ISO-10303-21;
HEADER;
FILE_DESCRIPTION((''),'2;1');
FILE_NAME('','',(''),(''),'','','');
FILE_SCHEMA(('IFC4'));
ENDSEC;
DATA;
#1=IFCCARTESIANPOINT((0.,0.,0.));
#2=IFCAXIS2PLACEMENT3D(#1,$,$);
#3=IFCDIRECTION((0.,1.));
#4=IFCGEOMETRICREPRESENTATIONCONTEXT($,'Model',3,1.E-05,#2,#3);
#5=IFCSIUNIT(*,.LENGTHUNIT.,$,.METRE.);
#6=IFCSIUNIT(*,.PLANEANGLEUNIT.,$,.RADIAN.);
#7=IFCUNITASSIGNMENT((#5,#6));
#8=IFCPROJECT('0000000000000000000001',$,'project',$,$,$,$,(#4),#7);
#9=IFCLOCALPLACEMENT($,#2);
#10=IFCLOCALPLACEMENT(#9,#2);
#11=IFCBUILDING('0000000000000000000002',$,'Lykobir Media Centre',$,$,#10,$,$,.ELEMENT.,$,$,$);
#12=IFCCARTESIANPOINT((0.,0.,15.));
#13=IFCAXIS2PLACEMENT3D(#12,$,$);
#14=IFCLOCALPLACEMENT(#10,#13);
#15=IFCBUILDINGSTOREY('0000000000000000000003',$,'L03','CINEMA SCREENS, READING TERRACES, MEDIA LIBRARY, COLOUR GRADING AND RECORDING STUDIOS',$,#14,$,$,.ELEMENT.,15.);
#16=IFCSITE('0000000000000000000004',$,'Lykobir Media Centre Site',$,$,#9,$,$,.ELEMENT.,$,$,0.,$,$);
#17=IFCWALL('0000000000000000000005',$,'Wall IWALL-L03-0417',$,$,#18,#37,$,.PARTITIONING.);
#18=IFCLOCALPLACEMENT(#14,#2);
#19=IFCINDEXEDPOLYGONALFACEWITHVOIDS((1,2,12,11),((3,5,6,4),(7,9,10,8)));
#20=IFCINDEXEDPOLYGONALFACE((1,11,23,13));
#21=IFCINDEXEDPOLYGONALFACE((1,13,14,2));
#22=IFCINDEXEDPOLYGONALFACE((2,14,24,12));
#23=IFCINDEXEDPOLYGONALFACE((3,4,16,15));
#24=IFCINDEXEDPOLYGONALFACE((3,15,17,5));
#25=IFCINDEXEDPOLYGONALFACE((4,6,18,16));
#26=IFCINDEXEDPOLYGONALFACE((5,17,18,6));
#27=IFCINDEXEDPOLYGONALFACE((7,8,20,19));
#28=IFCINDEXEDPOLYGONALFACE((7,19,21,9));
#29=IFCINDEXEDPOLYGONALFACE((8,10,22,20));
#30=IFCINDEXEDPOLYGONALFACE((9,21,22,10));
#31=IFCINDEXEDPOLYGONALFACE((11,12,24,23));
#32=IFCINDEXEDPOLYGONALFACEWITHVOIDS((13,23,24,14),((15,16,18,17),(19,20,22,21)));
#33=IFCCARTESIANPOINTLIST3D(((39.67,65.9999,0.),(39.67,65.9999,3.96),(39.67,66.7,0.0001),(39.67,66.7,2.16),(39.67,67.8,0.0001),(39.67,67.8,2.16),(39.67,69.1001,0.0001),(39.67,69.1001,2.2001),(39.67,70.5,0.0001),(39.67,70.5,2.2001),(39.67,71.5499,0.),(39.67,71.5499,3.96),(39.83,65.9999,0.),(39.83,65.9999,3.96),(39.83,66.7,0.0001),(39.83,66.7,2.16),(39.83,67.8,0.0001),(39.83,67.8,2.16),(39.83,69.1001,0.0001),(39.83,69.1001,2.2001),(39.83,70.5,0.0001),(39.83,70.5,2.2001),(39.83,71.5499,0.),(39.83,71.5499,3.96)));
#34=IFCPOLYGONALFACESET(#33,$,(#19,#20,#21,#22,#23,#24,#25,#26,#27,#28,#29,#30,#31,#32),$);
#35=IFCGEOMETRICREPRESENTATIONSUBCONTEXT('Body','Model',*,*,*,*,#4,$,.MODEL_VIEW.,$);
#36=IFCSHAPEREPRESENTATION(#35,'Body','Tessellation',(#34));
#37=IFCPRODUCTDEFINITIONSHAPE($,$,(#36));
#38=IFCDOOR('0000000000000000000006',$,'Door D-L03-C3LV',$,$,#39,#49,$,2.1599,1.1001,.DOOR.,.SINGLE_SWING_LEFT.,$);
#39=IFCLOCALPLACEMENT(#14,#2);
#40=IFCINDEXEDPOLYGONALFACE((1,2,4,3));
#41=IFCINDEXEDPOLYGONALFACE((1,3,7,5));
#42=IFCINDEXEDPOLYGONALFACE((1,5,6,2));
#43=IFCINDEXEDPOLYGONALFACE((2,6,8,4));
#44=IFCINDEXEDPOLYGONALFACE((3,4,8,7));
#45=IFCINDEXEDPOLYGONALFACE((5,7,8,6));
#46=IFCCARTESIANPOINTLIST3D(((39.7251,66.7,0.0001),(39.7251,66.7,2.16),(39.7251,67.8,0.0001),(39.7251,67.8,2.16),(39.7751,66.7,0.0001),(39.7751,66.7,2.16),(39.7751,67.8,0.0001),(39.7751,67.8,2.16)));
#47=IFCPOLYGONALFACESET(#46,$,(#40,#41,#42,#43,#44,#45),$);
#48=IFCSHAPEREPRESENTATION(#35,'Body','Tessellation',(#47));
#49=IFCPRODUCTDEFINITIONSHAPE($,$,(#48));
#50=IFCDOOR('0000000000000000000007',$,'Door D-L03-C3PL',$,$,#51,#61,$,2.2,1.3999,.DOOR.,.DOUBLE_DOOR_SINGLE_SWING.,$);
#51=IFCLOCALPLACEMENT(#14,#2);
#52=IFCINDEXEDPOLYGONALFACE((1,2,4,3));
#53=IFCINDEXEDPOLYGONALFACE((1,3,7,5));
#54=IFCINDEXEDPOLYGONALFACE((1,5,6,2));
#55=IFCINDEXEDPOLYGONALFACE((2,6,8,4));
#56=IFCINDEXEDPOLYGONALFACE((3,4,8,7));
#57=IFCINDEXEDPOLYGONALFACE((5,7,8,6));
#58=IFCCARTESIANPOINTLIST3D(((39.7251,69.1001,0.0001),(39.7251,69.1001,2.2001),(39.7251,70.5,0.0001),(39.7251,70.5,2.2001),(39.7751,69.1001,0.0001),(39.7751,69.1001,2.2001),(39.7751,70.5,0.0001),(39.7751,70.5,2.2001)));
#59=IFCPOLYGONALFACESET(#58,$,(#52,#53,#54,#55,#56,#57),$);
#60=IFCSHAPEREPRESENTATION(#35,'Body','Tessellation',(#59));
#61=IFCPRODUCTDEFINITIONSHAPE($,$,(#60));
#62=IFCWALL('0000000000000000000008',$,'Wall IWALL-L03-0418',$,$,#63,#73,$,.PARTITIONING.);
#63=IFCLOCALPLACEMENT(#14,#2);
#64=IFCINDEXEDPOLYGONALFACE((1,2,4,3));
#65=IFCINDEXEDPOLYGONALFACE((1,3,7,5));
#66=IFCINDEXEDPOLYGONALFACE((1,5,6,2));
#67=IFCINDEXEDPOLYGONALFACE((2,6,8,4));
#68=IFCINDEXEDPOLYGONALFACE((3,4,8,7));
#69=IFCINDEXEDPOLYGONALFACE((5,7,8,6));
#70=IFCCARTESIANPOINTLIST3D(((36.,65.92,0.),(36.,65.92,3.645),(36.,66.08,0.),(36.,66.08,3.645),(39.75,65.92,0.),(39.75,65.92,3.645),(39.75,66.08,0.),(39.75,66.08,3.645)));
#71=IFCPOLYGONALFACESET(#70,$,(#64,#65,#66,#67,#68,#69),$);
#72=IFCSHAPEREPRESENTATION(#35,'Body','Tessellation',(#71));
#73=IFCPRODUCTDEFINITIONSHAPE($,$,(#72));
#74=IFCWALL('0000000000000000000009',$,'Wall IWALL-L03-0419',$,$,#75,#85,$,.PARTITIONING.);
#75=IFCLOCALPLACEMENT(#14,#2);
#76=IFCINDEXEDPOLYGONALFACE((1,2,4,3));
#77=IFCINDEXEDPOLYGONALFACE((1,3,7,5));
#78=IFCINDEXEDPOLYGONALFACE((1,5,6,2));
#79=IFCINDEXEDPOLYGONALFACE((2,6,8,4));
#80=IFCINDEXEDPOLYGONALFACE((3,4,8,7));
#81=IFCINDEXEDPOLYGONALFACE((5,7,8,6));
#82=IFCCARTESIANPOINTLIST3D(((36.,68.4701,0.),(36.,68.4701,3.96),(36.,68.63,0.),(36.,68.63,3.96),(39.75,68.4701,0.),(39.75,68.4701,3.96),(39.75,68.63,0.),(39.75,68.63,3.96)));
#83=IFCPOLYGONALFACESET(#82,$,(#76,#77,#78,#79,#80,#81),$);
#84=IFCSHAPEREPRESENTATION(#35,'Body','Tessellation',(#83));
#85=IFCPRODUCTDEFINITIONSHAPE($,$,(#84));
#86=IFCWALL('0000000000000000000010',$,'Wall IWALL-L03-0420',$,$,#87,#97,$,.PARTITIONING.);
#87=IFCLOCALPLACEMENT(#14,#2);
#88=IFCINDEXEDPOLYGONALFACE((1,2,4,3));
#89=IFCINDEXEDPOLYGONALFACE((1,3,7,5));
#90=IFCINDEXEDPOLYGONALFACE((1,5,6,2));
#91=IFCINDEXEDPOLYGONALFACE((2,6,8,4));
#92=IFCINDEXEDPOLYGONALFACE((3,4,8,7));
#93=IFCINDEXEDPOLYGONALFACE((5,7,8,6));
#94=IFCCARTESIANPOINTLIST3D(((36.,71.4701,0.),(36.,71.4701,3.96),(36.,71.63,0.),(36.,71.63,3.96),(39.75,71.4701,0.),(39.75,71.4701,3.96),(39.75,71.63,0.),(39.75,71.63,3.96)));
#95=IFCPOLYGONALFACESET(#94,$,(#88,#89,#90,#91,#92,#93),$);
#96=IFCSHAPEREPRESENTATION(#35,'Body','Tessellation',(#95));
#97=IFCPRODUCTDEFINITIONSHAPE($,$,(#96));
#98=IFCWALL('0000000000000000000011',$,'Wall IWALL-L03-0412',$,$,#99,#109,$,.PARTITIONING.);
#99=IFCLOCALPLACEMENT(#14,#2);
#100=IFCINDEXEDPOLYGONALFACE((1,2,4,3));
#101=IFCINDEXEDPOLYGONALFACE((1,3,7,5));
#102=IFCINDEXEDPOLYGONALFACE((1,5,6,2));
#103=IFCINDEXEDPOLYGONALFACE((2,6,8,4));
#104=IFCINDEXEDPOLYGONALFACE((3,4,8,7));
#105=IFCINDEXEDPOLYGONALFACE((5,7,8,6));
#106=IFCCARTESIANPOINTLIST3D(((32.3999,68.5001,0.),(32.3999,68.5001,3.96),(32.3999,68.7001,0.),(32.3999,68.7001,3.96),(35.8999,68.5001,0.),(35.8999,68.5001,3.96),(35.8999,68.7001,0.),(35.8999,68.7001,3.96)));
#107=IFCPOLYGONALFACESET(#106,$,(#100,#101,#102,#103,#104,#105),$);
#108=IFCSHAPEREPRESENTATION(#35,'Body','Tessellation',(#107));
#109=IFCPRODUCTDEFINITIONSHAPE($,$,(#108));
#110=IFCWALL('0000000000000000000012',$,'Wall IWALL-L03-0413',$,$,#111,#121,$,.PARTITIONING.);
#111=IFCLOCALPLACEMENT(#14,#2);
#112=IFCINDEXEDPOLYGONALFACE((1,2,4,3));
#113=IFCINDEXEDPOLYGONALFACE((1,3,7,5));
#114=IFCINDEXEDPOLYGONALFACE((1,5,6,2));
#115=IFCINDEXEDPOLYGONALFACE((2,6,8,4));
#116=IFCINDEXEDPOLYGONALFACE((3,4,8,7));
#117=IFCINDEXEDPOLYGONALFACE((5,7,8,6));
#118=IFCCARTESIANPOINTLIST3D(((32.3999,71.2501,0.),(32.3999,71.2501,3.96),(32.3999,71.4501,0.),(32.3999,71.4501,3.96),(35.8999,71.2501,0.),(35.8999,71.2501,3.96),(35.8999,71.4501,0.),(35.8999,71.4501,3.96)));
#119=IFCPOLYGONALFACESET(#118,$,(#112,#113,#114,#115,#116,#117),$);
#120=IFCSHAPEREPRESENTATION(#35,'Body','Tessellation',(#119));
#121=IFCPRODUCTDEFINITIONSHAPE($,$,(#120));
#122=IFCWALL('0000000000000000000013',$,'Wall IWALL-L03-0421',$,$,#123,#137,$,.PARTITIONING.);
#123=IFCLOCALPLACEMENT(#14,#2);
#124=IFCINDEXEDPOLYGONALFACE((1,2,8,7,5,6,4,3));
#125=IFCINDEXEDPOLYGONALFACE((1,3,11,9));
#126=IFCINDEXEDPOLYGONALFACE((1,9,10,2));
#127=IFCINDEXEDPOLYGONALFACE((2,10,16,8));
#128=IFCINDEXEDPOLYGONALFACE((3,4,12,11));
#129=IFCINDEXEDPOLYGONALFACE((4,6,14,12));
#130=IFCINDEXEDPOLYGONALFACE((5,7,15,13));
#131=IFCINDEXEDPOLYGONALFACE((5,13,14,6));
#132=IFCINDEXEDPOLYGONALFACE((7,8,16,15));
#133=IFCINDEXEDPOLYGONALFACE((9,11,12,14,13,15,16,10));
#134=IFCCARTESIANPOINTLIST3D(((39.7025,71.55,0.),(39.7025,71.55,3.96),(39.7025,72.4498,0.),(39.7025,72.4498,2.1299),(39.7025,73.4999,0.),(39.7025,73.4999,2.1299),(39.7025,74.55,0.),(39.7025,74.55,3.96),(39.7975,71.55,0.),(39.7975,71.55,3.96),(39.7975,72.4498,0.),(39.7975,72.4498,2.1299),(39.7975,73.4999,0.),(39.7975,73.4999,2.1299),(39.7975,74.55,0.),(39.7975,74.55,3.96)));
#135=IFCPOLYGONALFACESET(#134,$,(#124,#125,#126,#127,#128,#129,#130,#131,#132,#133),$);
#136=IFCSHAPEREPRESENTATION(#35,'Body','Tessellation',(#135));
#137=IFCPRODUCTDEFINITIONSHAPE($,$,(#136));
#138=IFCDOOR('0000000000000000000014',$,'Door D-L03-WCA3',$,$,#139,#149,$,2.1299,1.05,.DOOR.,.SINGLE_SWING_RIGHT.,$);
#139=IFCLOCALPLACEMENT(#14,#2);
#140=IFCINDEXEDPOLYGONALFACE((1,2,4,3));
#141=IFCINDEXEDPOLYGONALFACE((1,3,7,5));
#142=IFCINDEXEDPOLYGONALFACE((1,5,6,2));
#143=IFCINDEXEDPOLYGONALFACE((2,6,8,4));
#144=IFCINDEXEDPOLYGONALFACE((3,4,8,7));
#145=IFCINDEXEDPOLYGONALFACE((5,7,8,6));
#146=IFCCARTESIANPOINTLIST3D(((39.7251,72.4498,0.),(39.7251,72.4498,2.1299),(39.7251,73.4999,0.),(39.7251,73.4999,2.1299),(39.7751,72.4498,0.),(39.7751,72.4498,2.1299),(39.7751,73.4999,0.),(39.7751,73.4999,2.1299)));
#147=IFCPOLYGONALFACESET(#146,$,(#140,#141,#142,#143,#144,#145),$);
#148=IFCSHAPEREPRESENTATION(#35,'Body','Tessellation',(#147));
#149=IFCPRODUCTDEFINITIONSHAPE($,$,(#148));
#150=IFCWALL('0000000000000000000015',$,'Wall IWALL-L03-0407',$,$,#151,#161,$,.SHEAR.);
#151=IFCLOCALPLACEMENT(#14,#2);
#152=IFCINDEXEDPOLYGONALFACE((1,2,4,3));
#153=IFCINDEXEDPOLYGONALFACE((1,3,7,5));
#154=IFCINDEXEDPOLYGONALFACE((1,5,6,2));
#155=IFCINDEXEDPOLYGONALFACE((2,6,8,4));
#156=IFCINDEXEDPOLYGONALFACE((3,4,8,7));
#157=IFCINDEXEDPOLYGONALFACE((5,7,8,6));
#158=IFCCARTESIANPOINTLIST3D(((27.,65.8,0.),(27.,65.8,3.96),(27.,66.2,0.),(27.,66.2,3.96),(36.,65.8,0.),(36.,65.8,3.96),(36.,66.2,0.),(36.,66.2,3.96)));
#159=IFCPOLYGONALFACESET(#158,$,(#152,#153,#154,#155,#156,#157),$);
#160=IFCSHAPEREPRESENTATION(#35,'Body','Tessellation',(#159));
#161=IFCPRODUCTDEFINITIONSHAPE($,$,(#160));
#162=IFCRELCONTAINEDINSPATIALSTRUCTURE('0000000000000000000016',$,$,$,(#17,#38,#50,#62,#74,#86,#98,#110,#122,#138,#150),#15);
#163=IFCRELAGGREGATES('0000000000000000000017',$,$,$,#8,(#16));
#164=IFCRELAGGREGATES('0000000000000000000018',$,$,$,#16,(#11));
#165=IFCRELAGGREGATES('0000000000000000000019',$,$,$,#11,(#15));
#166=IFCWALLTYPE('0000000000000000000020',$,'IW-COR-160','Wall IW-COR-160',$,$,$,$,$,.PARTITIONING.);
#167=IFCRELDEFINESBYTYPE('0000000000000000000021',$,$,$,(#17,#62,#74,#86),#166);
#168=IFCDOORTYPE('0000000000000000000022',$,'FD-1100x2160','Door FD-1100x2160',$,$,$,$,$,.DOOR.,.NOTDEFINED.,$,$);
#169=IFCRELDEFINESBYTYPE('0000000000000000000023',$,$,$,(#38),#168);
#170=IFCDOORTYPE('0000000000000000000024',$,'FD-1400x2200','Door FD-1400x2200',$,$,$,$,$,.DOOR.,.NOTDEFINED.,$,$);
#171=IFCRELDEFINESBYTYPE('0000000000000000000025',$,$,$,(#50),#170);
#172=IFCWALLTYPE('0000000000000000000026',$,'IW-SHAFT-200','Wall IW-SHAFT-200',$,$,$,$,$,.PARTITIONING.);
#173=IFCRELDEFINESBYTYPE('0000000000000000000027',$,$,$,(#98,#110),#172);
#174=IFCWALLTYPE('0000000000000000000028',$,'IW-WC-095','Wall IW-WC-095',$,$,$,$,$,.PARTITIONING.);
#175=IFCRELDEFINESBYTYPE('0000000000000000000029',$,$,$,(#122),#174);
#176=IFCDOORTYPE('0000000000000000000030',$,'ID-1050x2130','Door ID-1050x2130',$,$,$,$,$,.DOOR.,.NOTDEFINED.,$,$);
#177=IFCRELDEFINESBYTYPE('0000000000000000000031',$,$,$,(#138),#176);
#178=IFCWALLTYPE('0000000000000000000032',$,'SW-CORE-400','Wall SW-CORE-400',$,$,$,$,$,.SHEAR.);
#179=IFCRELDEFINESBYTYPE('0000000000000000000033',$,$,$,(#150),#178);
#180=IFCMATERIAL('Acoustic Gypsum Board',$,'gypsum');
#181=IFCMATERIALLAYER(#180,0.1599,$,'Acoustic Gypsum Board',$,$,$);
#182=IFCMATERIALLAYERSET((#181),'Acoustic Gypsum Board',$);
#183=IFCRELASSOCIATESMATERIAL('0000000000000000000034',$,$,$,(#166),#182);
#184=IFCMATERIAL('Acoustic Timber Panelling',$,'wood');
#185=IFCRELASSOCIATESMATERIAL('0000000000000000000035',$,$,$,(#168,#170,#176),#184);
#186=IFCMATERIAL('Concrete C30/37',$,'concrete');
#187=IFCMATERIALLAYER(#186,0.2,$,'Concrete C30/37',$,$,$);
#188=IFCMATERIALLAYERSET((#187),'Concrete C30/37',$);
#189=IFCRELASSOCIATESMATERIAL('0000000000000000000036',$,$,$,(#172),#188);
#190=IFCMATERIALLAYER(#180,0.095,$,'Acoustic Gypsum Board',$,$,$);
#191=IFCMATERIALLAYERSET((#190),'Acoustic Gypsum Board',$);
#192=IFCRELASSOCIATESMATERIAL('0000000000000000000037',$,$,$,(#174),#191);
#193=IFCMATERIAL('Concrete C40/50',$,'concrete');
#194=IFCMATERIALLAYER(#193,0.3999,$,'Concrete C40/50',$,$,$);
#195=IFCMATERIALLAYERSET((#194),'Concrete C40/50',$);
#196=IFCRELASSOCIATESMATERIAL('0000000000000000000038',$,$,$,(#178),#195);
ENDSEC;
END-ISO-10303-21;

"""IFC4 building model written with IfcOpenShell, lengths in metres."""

from ifc_helpers import new_model, si_unit, direction, frame, frame_2d, origin, place, context, subcontext, project, spatial, rectangle, extrude, material, layer, layer_set, type_object, element, fill, save


model = new_model("IFC4")

# Units and contexts
model_context = context("Model", 3, precision=1e-05, world=origin(), true_north=direction((0.0, 1.0)))
body_context = subcontext(model_context, "Body", "Model", "MODEL_VIEW")
ifc_project = project(units=[si_unit("LENGTHUNIT", "METRE"), si_unit("PLANEANGLEUNIT", "RADIAN")], contexts=[model_context])

# Site, building, storey
site_placement = place(None, origin())
site = spatial("IfcSite", under=ifc_project, at=site_placement, Name="Lykobir Media Centre Site", CompositionType="ELEMENT", RefElevation=0.0)
building_placement = place(site_placement, origin())
building = spatial("IfcBuilding", under=site, at=building_placement, Name="Lykobir Media Centre", CompositionType="ELEMENT")
storey_placement = place(building_placement, frame((0.0, 0.0, 15.0)))
storey = spatial("IfcBuildingStorey", under=building, at=storey_placement, Name="L03", Description="CINEMA SCREENS, READING TERRACES, MEDIA LIBRARY, COLOUR GRADING AND RECORDING STUDIOS", CompositionType="ELEMENT", Elevation=15.0)

# Shared definitions
ifc_material_1 = material(Name="Concrete C40/50", Category="concrete")

# Wall, openings, doors
ifc_material_2 = material(Name="Acoustic Gypsum Board", Category="gypsum")
ifc_layer_1 = layer(ifc_material_2, 0.1599, Name="Acoustic Gypsum Board")
ifc_layer_set_1 = layer_set([ifc_layer_1], Name="Acoustic Gypsum Board")
wall_type_1 = type_object("IfcWallType", Name="IW-COR-160", Description="Wall IW-COR-160", PredefinedType="PARTITIONING", material=ifc_layer_set_1)
wall_1_placement = place(storey_placement, frame((39.75, 66.0, 0.0), z_axis=(0.0, 0.0, 1.0), x_axis=(0.0, 1.0, 0.0)))
wall_1 = element("IfcWall", 1, at=wall_1_placement, inside=storey, type_object=wall_type_1, Name="Wall IWALL-L03-0417", PredefinedType="PARTITIONING", context=body_context, shape_type="SweptSolid", body=[
    extrude(rectangle(XDim=5.55, YDim=0.1599, at=frame_2d((2.7749, 0.0))), origin(), (0.0, 0.0, 1.0), 3.96),
])
opening_1_placement = place(wall_1_placement, frame((0.7, 0.0, 0.0)))
opening_1 = element("IfcOpeningElement", 2, at=opening_1_placement, cuts=wall_1, PredefinedType="OPENING", context=body_context, shape_type="SweptSolid", body=[
    extrude(rectangle(XDim=1.1001, YDim=2.1599, at=frame_2d((0.55, 1.0801))), frame((0.0, 0.0898, 0.0), z_axis=(0.0, -1.0, 0.0), x_axis=(1.0, 0.0, 0.0)), (0.0, 0.0, 1.0), 0.1799),
])
opening_2_placement = place(wall_1_placement, frame((3.1001, 0.0, 0.0)))
opening_2 = element("IfcOpeningElement", 3, at=opening_2_placement, cuts=wall_1, PredefinedType="OPENING", context=body_context, shape_type="SweptSolid", body=[
    extrude(rectangle(XDim=1.3999, YDim=2.2, at=frame_2d((0.7, 1.1001))), frame((0.0, 0.0898, 0.0), z_axis=(0.0, -1.0, 0.0), x_axis=(1.0, 0.0, 0.0)), (0.0, 0.0, 1.0), 0.1799),
])
ifc_material_3 = material(Name="Acoustic Timber Panelling", Category="wood")
door_type_1 = type_object("IfcDoorType", Name="FD-1100x2160", Description="Door FD-1100x2160", OperationType="NOTDEFINED", PredefinedType="DOOR", material=ifc_material_3)
door_1_placement = place(opening_1_placement, origin())
door_1 = element("IfcDoor", 4, at=door_1_placement, inside=storey, type_object=door_type_1, Name="Door D-L03-C3LV", OperationType="SINGLE_SWING_LEFT", OverallHeight=2.1599, OverallWidth=1.1001, PredefinedType="DOOR", context=body_context, shape_type="SweptSolid", body=[
    extrude(rectangle(XDim=1.1001, YDim=2.1599, at=frame_2d((0.55, 1.0801))), frame((0.0, 0.0249, 0.0), z_axis=(0.0, -1.0, 0.0), x_axis=(1.0, 0.0, 0.0)), (0.0, 0.0, 1.0), 0.05),
])
fill(opening_1, door_1)
door_type_2 = type_object("IfcDoorType", Name="FD-1400x2200", Description="Door FD-1400x2200", OperationType="NOTDEFINED", PredefinedType="DOOR", material=ifc_material_3)
door_2_placement = place(opening_2_placement, origin())
door_2 = element("IfcDoor", 5, at=door_2_placement, inside=storey, type_object=door_type_2, Name="Door D-L03-C3PL", OperationType="DOUBLE_DOOR_SINGLE_SWING", OverallHeight=2.2, OverallWidth=1.3999, PredefinedType="DOOR", context=body_context, shape_type="SweptSolid", body=[
    extrude(rectangle(XDim=1.3999, YDim=2.2, at=frame_2d((0.7, 1.1001))), frame((0.0, 0.0249, 0.0), z_axis=(0.0, -1.0, 0.0), x_axis=(1.0, 0.0, 0.0)), (0.0, 0.0, 1.0), 0.05),
])
fill(opening_2, door_2)

# Walls
wall_2_placement = place(storey_placement, frame((36.0, 66.0, 0.0), z_axis=(0.0, 0.0, 1.0), x_axis=(1.0, 0.0, 0.0)))
element("IfcWall", 6, at=wall_2_placement, inside=storey, type_object=wall_type_1, Name="Wall IWALL-L03-0418", PredefinedType="PARTITIONING", context=body_context, shape_type="SweptSolid", body=[
    extrude(rectangle(XDim=3.75, YDim=0.1599, at=frame_2d((1.875, 0.0))), origin(), (0.0, 0.0, 1.0), 3.645),
])
for number, where, z_axis, x_axis, name in (
    (7, (36.0, 68.55, 0.0), (0.0, 0.0, 1.0), (1.0, 0.0, 0.0), "Wall IWALL-L03-0419"),
    (8, (36.0, 71.55, 0.0), (0.0, 0.0, 1.0), (1.0, 0.0, 0.0), "Wall IWALL-L03-0420"),
):
    element("IfcWall", number, at=place(storey_placement, frame(where, z_axis=z_axis, x_axis=x_axis)), inside=storey, type_object=wall_type_1, Name=name, PredefinedType="PARTITIONING", context=body_context, shape_type="SweptSolid", body=[
        extrude(rectangle(XDim=3.75, YDim=0.1599, at=frame_2d((1.875, 0.0))), origin(), (0.0, 0.0, 1.0), 3.96),
    ])
ifc_material_4 = material(Name="Concrete C30/37", Category="concrete")
ifc_layer_2 = layer(ifc_material_4, 0.2, Name="Concrete C30/37")
ifc_layer_set_2 = layer_set([ifc_layer_2], Name="Concrete C30/37")
wall_type_2 = type_object("IfcWallType", Name="IW-SHAFT-200", Description="Wall IW-SHAFT-200", PredefinedType="PARTITIONING", material=ifc_layer_set_2)
for number, where, z_axis, x_axis, name in (
    (9, (32.3999, 68.6001, 0.0), (0.0, 0.0, 1.0), (1.0, 0.0, 0.0), "Wall IWALL-L03-0412"),
    (10, (32.3999, 71.3501, 0.0), (0.0, 0.0, 1.0), (1.0, 0.0, 0.0), "Wall IWALL-L03-0413"),
):
    element("IfcWall", number, at=place(storey_placement, frame(where, z_axis=z_axis, x_axis=x_axis)), inside=storey, type_object=wall_type_2, Name=name, PredefinedType="PARTITIONING", context=body_context, shape_type="SweptSolid", body=[
        extrude(rectangle(XDim=3.5, YDim=0.2, at=frame_2d((1.75, 0.0))), origin(), (0.0, 0.0, 1.0), 3.96),
    ])

# Wall, opening, door
ifc_layer_3 = layer(ifc_material_2, 0.095, Name="Acoustic Gypsum Board")
ifc_layer_set_3 = layer_set([ifc_layer_3], Name="Acoustic Gypsum Board")
wall_type_3 = type_object("IfcWallType", Name="IW-WC-095", Description="Wall IW-WC-095", PredefinedType="PARTITIONING", material=ifc_layer_set_3)
wall_3_placement = place(storey_placement, frame((39.75, 71.55, 0.0), z_axis=(0.0, 0.0, 1.0), x_axis=(0.0, 1.0, 0.0)))
wall_3 = element("IfcWall", 11, at=wall_3_placement, inside=storey, type_object=wall_type_3, Name="Wall IWALL-L03-0421", PredefinedType="PARTITIONING", context=body_context, shape_type="SweptSolid", body=[
    extrude(rectangle(XDim=3.0, YDim=0.095, at=frame_2d((1.5, 0.0))), origin(), (0.0, 0.0, 1.0), 3.96),
])
opening_3_placement = place(wall_3_placement, frame((0.8999, 0.0, 0.0)))
opening_3 = element("IfcOpeningElement", 12, at=opening_3_placement, cuts=wall_3, PredefinedType="OPENING", context=body_context, shape_type="SweptSolid", body=[
    extrude(rectangle(XDim=1.05, YDim=2.1299, at=frame_2d((0.5249, 1.0649))), frame((0.0, 0.0574, 0.0), z_axis=(0.0, -1.0, 0.0), x_axis=(1.0, 0.0, 0.0)), (0.0, 0.0, 1.0), 0.115),
])
door_type_3 = type_object("IfcDoorType", Name="ID-1050x2130", Description="Door ID-1050x2130", OperationType="NOTDEFINED", PredefinedType="DOOR", material=ifc_material_3)
door_3_placement = place(opening_3_placement, origin())
door_3 = element("IfcDoor", 13, at=door_3_placement, inside=storey, type_object=door_type_3, Name="Door D-L03-WCA3", OperationType="SINGLE_SWING_RIGHT", OverallHeight=2.1299, OverallWidth=1.05, PredefinedType="DOOR", context=body_context, shape_type="SweptSolid", body=[
    extrude(rectangle(XDim=1.05, YDim=2.1299, at=frame_2d((0.5249, 1.0649))), frame((0.0, 0.0249, 0.0), z_axis=(0.0, -1.0, 0.0), x_axis=(1.0, 0.0, 0.0)), (0.0, 0.0, 1.0), 0.05),
])
fill(opening_3, door_3)

# Wall
ifc_layer_4 = layer(ifc_material_1, 0.3999, Name="Concrete C40/50")
ifc_layer_set_4 = layer_set([ifc_layer_4], Name="Concrete C40/50")
wall_type_4 = type_object("IfcWallType", Name="SW-CORE-400", Description="Wall SW-CORE-400", PredefinedType="SHEAR", material=ifc_layer_set_4)
wall_4_placement = place(storey_placement, frame((27.0, 66.0, 0.0), z_axis=(0.0, 0.0, 1.0), x_axis=(1.0, 0.0, 0.0)))
element("IfcWall", 14, at=wall_4_placement, inside=storey, type_object=wall_type_4, Name="Wall IWALL-L03-0407", PredefinedType="SHEAR", context=body_context, shape_type="SweptSolid", body=[
    extrude(rectangle(XDim=9.0, YDim=0.3999, at=frame_2d((4.5, 0.0))), origin(), (0.0, 0.0, 1.0), 3.96),
])

save(model, "model.ifc")
